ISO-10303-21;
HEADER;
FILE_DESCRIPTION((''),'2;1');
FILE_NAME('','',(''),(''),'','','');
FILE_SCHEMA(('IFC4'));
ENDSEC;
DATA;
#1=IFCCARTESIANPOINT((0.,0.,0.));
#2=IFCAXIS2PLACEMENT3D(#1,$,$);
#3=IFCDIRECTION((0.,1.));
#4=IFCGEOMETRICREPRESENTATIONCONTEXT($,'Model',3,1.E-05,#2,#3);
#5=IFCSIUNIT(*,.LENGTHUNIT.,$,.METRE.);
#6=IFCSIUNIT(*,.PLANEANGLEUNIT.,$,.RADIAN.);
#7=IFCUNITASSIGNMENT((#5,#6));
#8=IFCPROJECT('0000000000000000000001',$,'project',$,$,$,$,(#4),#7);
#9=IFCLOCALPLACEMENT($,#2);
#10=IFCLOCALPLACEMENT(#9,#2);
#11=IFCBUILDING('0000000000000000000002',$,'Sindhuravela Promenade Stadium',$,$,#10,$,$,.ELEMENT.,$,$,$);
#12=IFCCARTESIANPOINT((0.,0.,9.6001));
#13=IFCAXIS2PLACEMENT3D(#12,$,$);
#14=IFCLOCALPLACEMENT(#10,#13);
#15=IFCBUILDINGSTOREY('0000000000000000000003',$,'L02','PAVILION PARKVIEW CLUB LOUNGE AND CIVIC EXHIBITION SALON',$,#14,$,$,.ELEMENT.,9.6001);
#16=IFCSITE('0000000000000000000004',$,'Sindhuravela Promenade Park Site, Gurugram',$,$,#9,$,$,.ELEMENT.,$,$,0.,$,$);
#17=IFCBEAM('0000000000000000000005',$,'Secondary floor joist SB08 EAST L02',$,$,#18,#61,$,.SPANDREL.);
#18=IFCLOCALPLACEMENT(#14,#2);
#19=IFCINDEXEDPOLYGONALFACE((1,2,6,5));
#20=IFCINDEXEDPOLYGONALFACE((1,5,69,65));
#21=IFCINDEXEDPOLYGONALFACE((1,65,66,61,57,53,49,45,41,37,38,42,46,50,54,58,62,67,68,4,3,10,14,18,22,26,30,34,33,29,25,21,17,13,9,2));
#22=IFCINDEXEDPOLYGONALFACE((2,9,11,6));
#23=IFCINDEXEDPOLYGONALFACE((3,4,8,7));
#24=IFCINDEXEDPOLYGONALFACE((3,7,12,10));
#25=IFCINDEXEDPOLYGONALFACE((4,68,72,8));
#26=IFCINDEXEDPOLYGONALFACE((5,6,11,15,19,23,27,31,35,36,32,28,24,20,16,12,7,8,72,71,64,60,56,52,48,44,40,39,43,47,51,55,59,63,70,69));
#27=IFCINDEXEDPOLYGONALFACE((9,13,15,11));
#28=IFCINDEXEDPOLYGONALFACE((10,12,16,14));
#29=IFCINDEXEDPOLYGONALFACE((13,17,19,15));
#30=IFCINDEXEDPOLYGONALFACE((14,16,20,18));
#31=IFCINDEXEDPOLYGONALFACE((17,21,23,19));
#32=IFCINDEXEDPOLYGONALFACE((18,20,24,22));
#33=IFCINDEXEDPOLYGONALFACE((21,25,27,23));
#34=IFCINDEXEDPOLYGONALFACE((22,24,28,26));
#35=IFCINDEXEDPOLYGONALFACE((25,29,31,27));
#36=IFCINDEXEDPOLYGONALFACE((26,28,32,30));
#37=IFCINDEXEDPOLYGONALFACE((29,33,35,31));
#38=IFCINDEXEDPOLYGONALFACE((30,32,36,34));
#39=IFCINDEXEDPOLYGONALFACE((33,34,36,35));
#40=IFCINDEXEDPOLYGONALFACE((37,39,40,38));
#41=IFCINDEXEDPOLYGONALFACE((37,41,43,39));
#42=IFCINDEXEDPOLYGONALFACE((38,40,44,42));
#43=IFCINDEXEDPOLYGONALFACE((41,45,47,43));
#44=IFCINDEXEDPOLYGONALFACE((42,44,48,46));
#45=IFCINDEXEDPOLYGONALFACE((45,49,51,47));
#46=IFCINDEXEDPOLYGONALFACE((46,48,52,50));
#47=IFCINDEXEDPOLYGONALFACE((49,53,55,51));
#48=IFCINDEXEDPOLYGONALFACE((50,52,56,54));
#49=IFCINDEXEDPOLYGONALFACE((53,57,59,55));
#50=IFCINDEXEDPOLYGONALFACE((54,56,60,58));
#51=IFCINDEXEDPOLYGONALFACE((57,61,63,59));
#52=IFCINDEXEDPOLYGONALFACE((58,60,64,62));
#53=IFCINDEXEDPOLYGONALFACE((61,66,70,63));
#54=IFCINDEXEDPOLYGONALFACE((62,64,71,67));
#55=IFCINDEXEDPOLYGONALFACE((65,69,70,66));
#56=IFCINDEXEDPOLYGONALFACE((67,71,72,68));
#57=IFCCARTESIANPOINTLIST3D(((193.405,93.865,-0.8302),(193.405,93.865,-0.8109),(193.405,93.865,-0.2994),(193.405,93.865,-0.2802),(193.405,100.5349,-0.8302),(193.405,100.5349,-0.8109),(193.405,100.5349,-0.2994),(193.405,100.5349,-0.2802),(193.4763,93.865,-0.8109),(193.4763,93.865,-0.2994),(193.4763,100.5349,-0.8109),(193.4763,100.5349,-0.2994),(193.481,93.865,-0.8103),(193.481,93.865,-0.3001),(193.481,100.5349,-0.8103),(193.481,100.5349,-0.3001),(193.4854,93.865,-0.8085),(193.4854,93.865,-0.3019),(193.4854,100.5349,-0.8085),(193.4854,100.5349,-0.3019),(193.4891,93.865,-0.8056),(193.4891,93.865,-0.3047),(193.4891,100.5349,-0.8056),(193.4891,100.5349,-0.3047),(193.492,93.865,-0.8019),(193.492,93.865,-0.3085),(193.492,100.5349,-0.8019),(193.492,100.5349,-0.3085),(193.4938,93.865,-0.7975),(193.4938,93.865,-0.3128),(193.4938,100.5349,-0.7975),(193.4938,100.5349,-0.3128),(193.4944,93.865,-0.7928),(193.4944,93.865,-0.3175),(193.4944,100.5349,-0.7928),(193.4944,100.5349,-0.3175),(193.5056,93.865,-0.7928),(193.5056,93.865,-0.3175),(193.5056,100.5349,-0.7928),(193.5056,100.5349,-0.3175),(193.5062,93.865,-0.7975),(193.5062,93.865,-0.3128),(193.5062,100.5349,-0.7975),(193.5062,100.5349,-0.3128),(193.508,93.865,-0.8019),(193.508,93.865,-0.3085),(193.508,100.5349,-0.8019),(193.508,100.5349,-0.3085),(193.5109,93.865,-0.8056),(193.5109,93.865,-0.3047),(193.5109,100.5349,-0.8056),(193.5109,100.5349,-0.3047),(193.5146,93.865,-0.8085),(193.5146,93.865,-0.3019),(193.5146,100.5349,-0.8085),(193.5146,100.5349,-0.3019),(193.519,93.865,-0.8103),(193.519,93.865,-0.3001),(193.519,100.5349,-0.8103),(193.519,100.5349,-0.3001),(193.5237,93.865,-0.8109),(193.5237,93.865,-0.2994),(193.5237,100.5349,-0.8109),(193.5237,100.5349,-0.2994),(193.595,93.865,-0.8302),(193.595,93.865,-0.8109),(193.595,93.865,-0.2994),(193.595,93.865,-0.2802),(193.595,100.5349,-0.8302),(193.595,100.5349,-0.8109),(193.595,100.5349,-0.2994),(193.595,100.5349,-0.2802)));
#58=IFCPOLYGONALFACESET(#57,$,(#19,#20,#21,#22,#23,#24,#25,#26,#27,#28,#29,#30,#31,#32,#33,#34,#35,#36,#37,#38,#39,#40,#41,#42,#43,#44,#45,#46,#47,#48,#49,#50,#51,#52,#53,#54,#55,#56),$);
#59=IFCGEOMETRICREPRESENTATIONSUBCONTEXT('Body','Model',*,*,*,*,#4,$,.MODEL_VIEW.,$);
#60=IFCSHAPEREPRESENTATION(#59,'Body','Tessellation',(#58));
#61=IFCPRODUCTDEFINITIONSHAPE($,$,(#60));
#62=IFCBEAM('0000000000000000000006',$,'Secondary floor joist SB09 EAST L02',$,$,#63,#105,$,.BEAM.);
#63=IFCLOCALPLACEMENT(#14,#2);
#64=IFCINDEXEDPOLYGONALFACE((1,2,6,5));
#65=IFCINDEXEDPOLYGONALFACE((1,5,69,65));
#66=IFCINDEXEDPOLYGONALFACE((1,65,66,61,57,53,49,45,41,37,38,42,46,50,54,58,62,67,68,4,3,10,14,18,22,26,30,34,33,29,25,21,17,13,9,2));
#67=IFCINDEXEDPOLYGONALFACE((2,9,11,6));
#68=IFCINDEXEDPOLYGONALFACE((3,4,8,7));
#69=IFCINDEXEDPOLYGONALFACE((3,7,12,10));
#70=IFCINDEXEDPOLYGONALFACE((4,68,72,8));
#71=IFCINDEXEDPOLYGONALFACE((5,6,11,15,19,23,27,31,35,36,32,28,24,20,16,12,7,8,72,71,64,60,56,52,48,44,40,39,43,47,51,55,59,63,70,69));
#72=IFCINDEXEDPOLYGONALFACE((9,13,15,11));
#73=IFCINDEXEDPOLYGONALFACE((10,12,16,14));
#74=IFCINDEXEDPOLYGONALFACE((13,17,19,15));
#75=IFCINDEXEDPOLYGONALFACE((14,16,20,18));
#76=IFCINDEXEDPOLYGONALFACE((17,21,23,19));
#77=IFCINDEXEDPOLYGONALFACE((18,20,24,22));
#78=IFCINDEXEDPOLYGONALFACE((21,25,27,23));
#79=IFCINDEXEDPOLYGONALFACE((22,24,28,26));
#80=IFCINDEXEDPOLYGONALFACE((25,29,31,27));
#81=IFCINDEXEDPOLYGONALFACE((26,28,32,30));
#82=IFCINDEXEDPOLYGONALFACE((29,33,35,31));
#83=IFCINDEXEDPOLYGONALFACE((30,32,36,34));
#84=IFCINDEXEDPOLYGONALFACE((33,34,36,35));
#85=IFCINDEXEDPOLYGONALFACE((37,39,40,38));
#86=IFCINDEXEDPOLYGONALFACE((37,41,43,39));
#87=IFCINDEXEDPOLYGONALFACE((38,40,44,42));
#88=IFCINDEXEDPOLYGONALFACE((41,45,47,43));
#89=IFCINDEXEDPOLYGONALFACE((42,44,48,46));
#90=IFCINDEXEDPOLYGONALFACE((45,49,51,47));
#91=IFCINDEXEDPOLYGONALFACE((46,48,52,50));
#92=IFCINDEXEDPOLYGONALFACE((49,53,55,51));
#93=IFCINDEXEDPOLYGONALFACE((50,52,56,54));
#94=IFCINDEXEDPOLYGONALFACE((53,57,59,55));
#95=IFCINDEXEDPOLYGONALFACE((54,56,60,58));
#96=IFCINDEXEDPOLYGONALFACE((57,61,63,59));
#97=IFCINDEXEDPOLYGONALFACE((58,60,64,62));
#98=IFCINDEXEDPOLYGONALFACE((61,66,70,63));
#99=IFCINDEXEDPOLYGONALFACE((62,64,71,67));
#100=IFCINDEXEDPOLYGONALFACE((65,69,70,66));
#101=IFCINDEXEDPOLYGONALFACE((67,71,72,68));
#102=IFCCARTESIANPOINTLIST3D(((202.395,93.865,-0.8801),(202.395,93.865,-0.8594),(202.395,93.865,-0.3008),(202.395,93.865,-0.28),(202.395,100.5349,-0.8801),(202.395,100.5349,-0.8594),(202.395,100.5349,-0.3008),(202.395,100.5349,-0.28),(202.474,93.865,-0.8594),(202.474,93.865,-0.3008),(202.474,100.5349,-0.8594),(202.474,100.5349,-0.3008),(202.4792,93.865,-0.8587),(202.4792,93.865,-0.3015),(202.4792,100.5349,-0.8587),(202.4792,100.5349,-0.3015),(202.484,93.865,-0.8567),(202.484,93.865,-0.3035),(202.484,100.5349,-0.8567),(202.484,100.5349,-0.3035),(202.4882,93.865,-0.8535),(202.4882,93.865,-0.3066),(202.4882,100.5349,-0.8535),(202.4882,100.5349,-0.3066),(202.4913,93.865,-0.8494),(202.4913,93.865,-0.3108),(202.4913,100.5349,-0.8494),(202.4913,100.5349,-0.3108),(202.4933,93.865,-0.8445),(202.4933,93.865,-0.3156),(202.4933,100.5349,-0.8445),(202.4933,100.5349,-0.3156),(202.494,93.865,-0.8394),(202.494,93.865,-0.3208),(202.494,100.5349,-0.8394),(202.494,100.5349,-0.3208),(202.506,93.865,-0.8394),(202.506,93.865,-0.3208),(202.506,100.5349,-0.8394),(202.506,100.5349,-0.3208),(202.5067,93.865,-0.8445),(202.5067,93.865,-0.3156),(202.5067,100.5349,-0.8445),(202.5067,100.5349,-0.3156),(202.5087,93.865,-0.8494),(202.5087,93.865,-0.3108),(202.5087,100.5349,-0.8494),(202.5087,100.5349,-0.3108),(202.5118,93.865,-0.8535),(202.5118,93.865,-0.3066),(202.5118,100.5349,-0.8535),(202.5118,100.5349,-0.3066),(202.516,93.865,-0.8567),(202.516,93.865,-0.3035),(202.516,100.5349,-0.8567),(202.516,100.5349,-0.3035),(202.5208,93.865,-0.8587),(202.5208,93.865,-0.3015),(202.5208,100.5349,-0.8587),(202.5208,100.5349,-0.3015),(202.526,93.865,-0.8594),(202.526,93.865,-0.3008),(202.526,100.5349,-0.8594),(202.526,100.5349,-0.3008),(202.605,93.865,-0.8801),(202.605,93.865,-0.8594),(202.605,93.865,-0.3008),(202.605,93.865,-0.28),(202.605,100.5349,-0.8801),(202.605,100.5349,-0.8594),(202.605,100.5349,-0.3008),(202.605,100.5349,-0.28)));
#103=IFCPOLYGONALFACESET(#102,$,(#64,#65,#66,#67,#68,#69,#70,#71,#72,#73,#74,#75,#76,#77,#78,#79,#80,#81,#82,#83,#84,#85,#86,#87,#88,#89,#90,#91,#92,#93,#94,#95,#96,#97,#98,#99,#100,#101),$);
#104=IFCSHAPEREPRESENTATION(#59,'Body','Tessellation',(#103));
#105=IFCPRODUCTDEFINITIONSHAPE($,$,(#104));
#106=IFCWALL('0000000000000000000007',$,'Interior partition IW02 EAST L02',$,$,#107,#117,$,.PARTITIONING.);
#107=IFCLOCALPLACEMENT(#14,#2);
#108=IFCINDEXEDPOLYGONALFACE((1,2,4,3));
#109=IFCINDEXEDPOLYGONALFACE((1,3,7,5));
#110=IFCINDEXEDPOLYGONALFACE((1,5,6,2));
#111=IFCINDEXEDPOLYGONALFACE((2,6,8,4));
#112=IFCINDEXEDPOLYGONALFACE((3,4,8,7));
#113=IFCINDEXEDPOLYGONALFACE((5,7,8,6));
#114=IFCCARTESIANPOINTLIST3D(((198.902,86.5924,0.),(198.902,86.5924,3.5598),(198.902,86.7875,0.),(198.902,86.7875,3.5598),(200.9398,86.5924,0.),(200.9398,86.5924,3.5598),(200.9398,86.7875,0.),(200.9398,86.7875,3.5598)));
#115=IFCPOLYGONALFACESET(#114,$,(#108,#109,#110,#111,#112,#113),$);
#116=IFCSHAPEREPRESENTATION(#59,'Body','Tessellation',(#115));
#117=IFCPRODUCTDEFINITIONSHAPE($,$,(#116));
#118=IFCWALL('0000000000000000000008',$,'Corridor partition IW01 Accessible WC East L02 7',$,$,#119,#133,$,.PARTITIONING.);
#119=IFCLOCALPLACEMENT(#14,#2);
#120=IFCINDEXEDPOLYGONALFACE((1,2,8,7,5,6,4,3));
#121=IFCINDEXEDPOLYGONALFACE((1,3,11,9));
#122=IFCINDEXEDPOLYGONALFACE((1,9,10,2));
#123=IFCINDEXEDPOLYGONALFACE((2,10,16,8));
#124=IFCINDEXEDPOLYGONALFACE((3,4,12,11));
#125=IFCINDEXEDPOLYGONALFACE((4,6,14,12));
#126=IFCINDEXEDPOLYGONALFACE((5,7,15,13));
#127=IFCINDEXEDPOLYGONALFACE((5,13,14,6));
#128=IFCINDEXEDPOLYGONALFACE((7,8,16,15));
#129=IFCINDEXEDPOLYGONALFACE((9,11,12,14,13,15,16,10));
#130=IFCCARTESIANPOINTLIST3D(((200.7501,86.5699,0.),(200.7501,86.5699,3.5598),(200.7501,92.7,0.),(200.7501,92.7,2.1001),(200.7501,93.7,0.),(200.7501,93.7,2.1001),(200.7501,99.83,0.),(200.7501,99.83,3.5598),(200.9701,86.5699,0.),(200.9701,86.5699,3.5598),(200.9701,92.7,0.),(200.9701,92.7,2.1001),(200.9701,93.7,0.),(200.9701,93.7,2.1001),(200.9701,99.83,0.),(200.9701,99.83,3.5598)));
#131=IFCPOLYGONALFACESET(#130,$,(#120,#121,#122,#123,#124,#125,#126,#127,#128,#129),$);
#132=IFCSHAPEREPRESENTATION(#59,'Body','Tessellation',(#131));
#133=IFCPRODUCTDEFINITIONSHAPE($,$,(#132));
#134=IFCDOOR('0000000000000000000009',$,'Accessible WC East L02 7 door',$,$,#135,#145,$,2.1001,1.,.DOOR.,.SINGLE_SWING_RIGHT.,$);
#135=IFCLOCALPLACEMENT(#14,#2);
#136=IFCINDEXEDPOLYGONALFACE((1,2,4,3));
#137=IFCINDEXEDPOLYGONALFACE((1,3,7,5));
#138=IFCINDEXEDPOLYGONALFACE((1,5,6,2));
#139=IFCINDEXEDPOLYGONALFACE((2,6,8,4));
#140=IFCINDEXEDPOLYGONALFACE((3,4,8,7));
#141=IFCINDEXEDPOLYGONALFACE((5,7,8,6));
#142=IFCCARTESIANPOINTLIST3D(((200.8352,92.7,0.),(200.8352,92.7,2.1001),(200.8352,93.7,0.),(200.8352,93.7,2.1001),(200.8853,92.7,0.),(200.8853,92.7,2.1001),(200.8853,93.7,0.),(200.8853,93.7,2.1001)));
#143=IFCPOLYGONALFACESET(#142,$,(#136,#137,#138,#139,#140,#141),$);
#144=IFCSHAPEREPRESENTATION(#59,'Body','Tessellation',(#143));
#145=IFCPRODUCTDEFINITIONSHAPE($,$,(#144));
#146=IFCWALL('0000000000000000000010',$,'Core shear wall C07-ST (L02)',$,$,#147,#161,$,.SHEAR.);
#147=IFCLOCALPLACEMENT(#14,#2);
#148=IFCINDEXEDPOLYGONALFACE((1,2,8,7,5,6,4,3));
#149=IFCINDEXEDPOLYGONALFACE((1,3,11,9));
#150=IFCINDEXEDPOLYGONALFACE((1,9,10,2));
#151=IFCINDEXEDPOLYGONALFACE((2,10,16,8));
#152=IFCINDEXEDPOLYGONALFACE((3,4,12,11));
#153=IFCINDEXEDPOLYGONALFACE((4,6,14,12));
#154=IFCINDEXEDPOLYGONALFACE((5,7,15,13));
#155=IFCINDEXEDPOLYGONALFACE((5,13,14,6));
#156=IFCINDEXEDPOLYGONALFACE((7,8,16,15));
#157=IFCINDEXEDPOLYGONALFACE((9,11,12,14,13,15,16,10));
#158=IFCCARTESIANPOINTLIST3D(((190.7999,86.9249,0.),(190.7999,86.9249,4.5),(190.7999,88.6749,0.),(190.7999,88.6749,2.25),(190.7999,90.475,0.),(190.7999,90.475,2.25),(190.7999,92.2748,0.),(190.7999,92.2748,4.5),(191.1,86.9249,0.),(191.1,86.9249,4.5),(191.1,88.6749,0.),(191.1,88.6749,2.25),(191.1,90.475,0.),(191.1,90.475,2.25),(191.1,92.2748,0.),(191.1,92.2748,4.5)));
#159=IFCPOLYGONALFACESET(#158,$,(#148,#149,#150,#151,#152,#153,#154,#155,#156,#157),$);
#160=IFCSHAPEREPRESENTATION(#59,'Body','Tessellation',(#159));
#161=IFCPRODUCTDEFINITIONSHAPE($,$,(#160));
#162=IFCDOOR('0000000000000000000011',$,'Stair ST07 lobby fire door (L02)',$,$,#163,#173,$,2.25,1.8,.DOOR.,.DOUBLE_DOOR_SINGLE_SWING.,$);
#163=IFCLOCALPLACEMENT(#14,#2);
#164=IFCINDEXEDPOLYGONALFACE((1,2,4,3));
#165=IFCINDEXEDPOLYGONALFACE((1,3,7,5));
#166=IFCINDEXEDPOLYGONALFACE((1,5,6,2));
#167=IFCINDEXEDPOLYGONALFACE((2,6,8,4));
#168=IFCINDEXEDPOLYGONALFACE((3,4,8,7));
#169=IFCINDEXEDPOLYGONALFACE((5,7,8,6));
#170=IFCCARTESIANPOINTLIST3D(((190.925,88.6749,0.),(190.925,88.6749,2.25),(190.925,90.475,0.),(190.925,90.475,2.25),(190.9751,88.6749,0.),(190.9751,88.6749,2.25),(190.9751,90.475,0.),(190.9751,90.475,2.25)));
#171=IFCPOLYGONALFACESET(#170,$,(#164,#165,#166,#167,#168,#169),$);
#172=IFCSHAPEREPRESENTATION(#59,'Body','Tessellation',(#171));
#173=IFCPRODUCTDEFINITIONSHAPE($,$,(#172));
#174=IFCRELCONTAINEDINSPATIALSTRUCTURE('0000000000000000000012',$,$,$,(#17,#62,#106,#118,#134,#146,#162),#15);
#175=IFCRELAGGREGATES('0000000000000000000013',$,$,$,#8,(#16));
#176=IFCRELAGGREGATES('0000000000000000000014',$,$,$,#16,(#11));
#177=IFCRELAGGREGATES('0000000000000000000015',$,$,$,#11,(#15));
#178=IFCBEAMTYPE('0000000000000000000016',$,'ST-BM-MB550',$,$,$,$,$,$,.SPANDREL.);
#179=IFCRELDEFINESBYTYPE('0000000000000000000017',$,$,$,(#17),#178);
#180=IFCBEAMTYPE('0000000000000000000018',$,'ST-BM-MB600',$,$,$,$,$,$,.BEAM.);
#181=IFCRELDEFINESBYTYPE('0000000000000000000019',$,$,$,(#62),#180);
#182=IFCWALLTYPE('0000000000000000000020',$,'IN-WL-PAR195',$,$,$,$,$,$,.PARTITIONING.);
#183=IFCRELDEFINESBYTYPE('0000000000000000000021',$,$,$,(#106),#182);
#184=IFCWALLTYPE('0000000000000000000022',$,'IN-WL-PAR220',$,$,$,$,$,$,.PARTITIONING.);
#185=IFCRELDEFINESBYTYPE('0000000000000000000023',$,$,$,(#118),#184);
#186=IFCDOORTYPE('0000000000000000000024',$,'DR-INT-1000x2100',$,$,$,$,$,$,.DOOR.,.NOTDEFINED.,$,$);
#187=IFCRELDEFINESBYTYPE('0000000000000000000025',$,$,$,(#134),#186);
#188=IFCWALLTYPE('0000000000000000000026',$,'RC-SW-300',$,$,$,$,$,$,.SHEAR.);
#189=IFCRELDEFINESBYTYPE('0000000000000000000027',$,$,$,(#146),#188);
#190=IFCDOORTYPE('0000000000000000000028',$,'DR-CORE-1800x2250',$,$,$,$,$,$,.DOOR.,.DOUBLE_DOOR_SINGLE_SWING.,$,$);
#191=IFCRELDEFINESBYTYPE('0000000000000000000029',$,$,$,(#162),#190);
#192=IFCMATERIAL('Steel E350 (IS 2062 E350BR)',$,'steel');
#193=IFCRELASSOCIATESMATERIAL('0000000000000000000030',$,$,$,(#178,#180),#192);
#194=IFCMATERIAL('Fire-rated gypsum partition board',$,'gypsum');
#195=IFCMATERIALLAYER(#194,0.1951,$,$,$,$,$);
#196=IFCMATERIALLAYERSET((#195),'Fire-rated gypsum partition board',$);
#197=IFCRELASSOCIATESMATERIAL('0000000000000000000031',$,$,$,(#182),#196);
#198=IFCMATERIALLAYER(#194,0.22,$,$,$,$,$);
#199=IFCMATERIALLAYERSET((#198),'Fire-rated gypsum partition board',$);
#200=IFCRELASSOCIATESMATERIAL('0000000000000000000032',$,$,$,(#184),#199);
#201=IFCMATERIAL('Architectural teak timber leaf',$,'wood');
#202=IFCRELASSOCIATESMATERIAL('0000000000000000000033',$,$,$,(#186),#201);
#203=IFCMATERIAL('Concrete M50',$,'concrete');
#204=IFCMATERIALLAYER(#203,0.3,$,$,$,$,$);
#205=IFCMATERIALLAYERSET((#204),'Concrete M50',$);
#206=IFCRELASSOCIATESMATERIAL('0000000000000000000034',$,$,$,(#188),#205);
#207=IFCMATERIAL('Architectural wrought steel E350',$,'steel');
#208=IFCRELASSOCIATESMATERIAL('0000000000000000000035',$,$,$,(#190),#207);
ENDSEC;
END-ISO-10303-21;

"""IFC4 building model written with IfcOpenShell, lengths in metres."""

from ifc_helpers import new_model, si_unit, direction, frame, frame_2d, origin, origin_2d, place, context, subcontext, project, spatial, rectangle, i_section, extrude, material, layer, layer_set, material_profile, profile_set, type_object, element, fill, save


model = new_model("IFC4")

# Units and contexts
model_context = context("Model", 3, precision=1e-05, world=origin(), true_north=direction((0.0, 1.0)))
body_context = subcontext(model_context, "Body", "Model", "MODEL_VIEW")
ifc_project = project(units=[si_unit("LENGTHUNIT", "METRE"), si_unit("PLANEANGLEUNIT", "RADIAN")], contexts=[model_context])

# Site, building, storey
site_placement = place(None, origin())
site = spatial("IfcSite", under=ifc_project, at=site_placement, Name="Sindhuravela Promenade Park Site, Gurugram", CompositionType="ELEMENT", RefElevation=0.0)
building_placement = place(site_placement, origin())
building = spatial("IfcBuilding", under=site, at=building_placement, Name="Sindhuravela Promenade Stadium", CompositionType="ELEMENT")
storey_placement = place(building_placement, frame((0.0, 0.0, 9.6001)))
storey = spatial("IfcBuildingStorey", under=building, at=storey_placement, Name="L02", Description="PAVILION PARKVIEW CLUB LOUNGE AND CIVIC EXHIBITION SALON", CompositionType="ELEMENT", Elevation=9.6001)

# Beams
ifc_material_1 = material(Name="Steel E350 (IS 2062 E350BR)", Category="steel")
ifc_material_profile_1 = material_profile(ifc_material_1, i_section(OverallWidth=0.1899, OverallDepth=0.55, WebThickness=0.0112, FlangeThickness=0.0193, FilletRadius=0.0181, at=origin_2d()), Name="ISMB 550")
ifc_profile_set_1 = profile_set([ifc_material_profile_1], Name="Steel E350 (IS 2062 E350BR)")
beam_type_1 = type_object("IfcBeamType", Name="ST-BM-MB550", PredefinedType="SPANDREL", material=ifc_profile_set_1)
beam_1_placement = place(storey_placement, frame((193.5, 93.865, -0.5552), z_axis=(0.0, 1.0, 0.0), x_axis=(-1.0, 0.0, 0.0)))
element("IfcBeam", 1, at=beam_1_placement, inside=storey, type_object=beam_type_1, Name="Secondary floor joist SB08 EAST L02", PredefinedType="SPANDREL", context=body_context, shape_type="SweptSolid", body=[
    extrude(i_section(OverallWidth=0.1899, OverallDepth=0.55, WebThickness=0.0112, FlangeThickness=0.0193, FilletRadius=0.0181, at=origin_2d()), origin(), (0.0, 0.0, 1.0), 6.6699),
])
ifc_material_profile_2 = material_profile(ifc_material_1, i_section(OverallWidth=0.21, OverallDepth=0.6001, WebThickness=0.012, FlangeThickness=0.0208, FilletRadius=0.02, at=origin_2d()), Name="ISMB 600")
ifc_profile_set_2 = profile_set([ifc_material_profile_2], Name="Steel E350 (IS 2062 E350BR)")
beam_type_2 = type_object("IfcBeamType", Name="ST-BM-MB600", PredefinedType="BEAM", material=ifc_profile_set_2)
beam_2_placement = place(storey_placement, frame((202.5, 93.865, -0.5801), z_axis=(0.0, 1.0, 0.0), x_axis=(-1.0, 0.0, 0.0)))
element("IfcBeam", 2, at=beam_2_placement, inside=storey, type_object=beam_type_2, Name="Secondary floor joist SB09 EAST L02", PredefinedType="BEAM", context=body_context, shape_type="SweptSolid", body=[
    extrude(i_section(OverallWidth=0.21, OverallDepth=0.6001, WebThickness=0.012, FlangeThickness=0.0208, FilletRadius=0.02, at=origin_2d()), origin(), (0.0, 0.0, 1.0), 6.6699),
])

# Wall
ifc_material_2 = material(Name="Fire-rated gypsum partition board", Category="gypsum")
ifc_layer_1 = layer(ifc_material_2, 0.1951)
ifc_layer_set_1 = layer_set([ifc_layer_1], Name="Fire-rated gypsum partition board")
wall_type_1 = type_object("IfcWallType", Name="IN-WL-PAR195", PredefinedType="PARTITIONING", material=ifc_layer_set_1)
wall_1_placement = place(storey_placement, frame((200.9399, 86.6899, 0.0), z_axis=(0.0, 0.0, 1.0), x_axis=(-1.0, 0.0, 0.0)))
element("IfcWall", 3, at=wall_1_placement, inside=storey, type_object=wall_type_1, Name="Interior partition IW02 EAST L02", PredefinedType="PARTITIONING", context=body_context, shape_type="SweptSolid", body=[
    extrude(rectangle(XDim=2.0378, YDim=0.1951, at=frame_2d((1.019, 0.0))), origin(), (0.0, 0.0, 1.0), 3.5598),
])

# Walls, openings, doors
ifc_layer_2 = layer(ifc_material_2, 0.22)
ifc_layer_set_2 = layer_set([ifc_layer_2], Name="Fire-rated gypsum partition board")
wall_type_2 = type_object("IfcWallType", Name="IN-WL-PAR220", PredefinedType="PARTITIONING", material=ifc_layer_set_2)
wall_2_placement = place(storey_placement, frame((200.8601, 86.5701, 0.0), z_axis=(0.0, 0.0, 1.0), x_axis=(0.0, 1.0, 0.0)))
wall_2 = element("IfcWall", 4, at=wall_2_placement, inside=storey, type_object=wall_type_2, Name="Corridor partition IW01 Accessible WC East L02 7", PredefinedType="PARTITIONING", context=body_context, shape_type="SweptSolid", body=[
    extrude(rectangle(XDim=13.26, YDim=0.22, at=frame_2d((6.6299, 0.0))), origin(), (0.0, 0.0, 1.0), 3.5598),
])
opening_1_placement = place(wall_2_placement, frame((6.1299, 0.0, 0.0)))
opening_1 = element("IfcOpeningElement", 5, at=opening_1_placement, cuts=wall_2, PredefinedType="OPENING", context=body_context, shape_type="SweptSolid", body=[
    extrude(rectangle(XDim=1.0, YDim=2.1001, at=frame_2d((0.5, 1.05))), frame((0.0, 0.1199, 0.0), z_axis=(0.0, -1.0, 0.0), x_axis=(1.0, 0.0, 0.0)), (0.0, 0.0, 1.0), 0.24),
])
ifc_material_3 = material(Name="Architectural teak timber leaf", Category="wood")
door_type_1 = type_object("IfcDoorType", Name="DR-INT-1000x2100", OperationType="NOTDEFINED", PredefinedType="DOOR", material=ifc_material_3)
door_1_placement = place(opening_1_placement, origin())
door_1 = element("IfcDoor", 6, at=door_1_placement, inside=storey, type_object=door_type_1, Name="Accessible WC East L02 7 door", OperationType="SINGLE_SWING_RIGHT", OverallHeight=2.1001, OverallWidth=1.0, PredefinedType="DOOR", context=body_context, shape_type="SweptSolid", body=[
    extrude(rectangle(XDim=1.0, YDim=2.1001, at=frame_2d((0.5, 1.05))), frame((0.0, 0.0249, 0.0), z_axis=(0.0, -1.0, 0.0), x_axis=(1.0, 0.0, 0.0)), (0.0, 0.0, 1.0), 0.05),
])
fill(opening_1, door_1)
ifc_material_4 = material(Name="Concrete M50", Category="concrete")
ifc_layer_3 = layer(ifc_material_4, 0.3)
ifc_layer_set_3 = layer_set([ifc_layer_3], Name="Concrete M50")
wall_type_3 = type_object("IfcWallType", Name="RC-SW-300", PredefinedType="SHEAR", material=ifc_layer_set_3)
wall_3_placement = place(storey_placement, frame((190.95, 86.925, 0.0), z_axis=(0.0, 0.0, 1.0), x_axis=(0.0, 1.0, 0.0)))
wall_3 = element("IfcWall", 7, at=wall_3_placement, inside=storey, type_object=wall_type_3, Name="Core shear wall C07-ST (L02)", PredefinedType="SHEAR", context=body_context, shape_type="SweptSolid", body=[
    extrude(rectangle(XDim=5.3499, YDim=0.3, at=frame_2d((2.6748, 0.0))), origin(), (0.0, 0.0, 1.0), 4.5),
])
opening_2_placement = place(wall_3_placement, frame((1.75, 0.0, 0.0)))
opening_2 = element("IfcOpeningElement", 8, at=opening_2_placement, cuts=wall_3, PredefinedType="OPENING", context=body_context, shape_type="SweptSolid", body=[
    extrude(rectangle(XDim=1.8, YDim=2.25, at=frame_2d((0.8999, 1.125))), frame((0.0, 0.1599, 0.0), z_axis=(0.0, -1.0, 0.0), x_axis=(1.0, 0.0, 0.0)), (0.0, 0.0, 1.0), 0.3201),
])
ifc_material_5 = material(Name="Architectural wrought steel E350", Category="steel")
door_type_2 = type_object("IfcDoorType", Name="DR-CORE-1800x2250", OperationType="DOUBLE_DOOR_SINGLE_SWING", PredefinedType="DOOR", material=ifc_material_5)
door_2_placement = place(opening_2_placement, origin())
door_2 = element("IfcDoor", 9, at=door_2_placement, inside=storey, type_object=door_type_2, Name="Stair ST07 lobby fire door (L02)", OperationType="DOUBLE_DOOR_SINGLE_SWING", OverallHeight=2.25, OverallWidth=1.8, PredefinedType="DOOR", context=body_context, shape_type="SweptSolid", body=[
    extrude(rectangle(XDim=1.8, YDim=2.25, at=frame_2d((0.8999, 1.125))), frame((0.0, 0.0249, 0.0), z_axis=(0.0, -1.0, 0.0), x_axis=(1.0, 0.0, 0.0)), (0.0, 0.0, 1.0), 0.05),
])
fill(opening_2, door_2)

save(model, "model.ifc")
